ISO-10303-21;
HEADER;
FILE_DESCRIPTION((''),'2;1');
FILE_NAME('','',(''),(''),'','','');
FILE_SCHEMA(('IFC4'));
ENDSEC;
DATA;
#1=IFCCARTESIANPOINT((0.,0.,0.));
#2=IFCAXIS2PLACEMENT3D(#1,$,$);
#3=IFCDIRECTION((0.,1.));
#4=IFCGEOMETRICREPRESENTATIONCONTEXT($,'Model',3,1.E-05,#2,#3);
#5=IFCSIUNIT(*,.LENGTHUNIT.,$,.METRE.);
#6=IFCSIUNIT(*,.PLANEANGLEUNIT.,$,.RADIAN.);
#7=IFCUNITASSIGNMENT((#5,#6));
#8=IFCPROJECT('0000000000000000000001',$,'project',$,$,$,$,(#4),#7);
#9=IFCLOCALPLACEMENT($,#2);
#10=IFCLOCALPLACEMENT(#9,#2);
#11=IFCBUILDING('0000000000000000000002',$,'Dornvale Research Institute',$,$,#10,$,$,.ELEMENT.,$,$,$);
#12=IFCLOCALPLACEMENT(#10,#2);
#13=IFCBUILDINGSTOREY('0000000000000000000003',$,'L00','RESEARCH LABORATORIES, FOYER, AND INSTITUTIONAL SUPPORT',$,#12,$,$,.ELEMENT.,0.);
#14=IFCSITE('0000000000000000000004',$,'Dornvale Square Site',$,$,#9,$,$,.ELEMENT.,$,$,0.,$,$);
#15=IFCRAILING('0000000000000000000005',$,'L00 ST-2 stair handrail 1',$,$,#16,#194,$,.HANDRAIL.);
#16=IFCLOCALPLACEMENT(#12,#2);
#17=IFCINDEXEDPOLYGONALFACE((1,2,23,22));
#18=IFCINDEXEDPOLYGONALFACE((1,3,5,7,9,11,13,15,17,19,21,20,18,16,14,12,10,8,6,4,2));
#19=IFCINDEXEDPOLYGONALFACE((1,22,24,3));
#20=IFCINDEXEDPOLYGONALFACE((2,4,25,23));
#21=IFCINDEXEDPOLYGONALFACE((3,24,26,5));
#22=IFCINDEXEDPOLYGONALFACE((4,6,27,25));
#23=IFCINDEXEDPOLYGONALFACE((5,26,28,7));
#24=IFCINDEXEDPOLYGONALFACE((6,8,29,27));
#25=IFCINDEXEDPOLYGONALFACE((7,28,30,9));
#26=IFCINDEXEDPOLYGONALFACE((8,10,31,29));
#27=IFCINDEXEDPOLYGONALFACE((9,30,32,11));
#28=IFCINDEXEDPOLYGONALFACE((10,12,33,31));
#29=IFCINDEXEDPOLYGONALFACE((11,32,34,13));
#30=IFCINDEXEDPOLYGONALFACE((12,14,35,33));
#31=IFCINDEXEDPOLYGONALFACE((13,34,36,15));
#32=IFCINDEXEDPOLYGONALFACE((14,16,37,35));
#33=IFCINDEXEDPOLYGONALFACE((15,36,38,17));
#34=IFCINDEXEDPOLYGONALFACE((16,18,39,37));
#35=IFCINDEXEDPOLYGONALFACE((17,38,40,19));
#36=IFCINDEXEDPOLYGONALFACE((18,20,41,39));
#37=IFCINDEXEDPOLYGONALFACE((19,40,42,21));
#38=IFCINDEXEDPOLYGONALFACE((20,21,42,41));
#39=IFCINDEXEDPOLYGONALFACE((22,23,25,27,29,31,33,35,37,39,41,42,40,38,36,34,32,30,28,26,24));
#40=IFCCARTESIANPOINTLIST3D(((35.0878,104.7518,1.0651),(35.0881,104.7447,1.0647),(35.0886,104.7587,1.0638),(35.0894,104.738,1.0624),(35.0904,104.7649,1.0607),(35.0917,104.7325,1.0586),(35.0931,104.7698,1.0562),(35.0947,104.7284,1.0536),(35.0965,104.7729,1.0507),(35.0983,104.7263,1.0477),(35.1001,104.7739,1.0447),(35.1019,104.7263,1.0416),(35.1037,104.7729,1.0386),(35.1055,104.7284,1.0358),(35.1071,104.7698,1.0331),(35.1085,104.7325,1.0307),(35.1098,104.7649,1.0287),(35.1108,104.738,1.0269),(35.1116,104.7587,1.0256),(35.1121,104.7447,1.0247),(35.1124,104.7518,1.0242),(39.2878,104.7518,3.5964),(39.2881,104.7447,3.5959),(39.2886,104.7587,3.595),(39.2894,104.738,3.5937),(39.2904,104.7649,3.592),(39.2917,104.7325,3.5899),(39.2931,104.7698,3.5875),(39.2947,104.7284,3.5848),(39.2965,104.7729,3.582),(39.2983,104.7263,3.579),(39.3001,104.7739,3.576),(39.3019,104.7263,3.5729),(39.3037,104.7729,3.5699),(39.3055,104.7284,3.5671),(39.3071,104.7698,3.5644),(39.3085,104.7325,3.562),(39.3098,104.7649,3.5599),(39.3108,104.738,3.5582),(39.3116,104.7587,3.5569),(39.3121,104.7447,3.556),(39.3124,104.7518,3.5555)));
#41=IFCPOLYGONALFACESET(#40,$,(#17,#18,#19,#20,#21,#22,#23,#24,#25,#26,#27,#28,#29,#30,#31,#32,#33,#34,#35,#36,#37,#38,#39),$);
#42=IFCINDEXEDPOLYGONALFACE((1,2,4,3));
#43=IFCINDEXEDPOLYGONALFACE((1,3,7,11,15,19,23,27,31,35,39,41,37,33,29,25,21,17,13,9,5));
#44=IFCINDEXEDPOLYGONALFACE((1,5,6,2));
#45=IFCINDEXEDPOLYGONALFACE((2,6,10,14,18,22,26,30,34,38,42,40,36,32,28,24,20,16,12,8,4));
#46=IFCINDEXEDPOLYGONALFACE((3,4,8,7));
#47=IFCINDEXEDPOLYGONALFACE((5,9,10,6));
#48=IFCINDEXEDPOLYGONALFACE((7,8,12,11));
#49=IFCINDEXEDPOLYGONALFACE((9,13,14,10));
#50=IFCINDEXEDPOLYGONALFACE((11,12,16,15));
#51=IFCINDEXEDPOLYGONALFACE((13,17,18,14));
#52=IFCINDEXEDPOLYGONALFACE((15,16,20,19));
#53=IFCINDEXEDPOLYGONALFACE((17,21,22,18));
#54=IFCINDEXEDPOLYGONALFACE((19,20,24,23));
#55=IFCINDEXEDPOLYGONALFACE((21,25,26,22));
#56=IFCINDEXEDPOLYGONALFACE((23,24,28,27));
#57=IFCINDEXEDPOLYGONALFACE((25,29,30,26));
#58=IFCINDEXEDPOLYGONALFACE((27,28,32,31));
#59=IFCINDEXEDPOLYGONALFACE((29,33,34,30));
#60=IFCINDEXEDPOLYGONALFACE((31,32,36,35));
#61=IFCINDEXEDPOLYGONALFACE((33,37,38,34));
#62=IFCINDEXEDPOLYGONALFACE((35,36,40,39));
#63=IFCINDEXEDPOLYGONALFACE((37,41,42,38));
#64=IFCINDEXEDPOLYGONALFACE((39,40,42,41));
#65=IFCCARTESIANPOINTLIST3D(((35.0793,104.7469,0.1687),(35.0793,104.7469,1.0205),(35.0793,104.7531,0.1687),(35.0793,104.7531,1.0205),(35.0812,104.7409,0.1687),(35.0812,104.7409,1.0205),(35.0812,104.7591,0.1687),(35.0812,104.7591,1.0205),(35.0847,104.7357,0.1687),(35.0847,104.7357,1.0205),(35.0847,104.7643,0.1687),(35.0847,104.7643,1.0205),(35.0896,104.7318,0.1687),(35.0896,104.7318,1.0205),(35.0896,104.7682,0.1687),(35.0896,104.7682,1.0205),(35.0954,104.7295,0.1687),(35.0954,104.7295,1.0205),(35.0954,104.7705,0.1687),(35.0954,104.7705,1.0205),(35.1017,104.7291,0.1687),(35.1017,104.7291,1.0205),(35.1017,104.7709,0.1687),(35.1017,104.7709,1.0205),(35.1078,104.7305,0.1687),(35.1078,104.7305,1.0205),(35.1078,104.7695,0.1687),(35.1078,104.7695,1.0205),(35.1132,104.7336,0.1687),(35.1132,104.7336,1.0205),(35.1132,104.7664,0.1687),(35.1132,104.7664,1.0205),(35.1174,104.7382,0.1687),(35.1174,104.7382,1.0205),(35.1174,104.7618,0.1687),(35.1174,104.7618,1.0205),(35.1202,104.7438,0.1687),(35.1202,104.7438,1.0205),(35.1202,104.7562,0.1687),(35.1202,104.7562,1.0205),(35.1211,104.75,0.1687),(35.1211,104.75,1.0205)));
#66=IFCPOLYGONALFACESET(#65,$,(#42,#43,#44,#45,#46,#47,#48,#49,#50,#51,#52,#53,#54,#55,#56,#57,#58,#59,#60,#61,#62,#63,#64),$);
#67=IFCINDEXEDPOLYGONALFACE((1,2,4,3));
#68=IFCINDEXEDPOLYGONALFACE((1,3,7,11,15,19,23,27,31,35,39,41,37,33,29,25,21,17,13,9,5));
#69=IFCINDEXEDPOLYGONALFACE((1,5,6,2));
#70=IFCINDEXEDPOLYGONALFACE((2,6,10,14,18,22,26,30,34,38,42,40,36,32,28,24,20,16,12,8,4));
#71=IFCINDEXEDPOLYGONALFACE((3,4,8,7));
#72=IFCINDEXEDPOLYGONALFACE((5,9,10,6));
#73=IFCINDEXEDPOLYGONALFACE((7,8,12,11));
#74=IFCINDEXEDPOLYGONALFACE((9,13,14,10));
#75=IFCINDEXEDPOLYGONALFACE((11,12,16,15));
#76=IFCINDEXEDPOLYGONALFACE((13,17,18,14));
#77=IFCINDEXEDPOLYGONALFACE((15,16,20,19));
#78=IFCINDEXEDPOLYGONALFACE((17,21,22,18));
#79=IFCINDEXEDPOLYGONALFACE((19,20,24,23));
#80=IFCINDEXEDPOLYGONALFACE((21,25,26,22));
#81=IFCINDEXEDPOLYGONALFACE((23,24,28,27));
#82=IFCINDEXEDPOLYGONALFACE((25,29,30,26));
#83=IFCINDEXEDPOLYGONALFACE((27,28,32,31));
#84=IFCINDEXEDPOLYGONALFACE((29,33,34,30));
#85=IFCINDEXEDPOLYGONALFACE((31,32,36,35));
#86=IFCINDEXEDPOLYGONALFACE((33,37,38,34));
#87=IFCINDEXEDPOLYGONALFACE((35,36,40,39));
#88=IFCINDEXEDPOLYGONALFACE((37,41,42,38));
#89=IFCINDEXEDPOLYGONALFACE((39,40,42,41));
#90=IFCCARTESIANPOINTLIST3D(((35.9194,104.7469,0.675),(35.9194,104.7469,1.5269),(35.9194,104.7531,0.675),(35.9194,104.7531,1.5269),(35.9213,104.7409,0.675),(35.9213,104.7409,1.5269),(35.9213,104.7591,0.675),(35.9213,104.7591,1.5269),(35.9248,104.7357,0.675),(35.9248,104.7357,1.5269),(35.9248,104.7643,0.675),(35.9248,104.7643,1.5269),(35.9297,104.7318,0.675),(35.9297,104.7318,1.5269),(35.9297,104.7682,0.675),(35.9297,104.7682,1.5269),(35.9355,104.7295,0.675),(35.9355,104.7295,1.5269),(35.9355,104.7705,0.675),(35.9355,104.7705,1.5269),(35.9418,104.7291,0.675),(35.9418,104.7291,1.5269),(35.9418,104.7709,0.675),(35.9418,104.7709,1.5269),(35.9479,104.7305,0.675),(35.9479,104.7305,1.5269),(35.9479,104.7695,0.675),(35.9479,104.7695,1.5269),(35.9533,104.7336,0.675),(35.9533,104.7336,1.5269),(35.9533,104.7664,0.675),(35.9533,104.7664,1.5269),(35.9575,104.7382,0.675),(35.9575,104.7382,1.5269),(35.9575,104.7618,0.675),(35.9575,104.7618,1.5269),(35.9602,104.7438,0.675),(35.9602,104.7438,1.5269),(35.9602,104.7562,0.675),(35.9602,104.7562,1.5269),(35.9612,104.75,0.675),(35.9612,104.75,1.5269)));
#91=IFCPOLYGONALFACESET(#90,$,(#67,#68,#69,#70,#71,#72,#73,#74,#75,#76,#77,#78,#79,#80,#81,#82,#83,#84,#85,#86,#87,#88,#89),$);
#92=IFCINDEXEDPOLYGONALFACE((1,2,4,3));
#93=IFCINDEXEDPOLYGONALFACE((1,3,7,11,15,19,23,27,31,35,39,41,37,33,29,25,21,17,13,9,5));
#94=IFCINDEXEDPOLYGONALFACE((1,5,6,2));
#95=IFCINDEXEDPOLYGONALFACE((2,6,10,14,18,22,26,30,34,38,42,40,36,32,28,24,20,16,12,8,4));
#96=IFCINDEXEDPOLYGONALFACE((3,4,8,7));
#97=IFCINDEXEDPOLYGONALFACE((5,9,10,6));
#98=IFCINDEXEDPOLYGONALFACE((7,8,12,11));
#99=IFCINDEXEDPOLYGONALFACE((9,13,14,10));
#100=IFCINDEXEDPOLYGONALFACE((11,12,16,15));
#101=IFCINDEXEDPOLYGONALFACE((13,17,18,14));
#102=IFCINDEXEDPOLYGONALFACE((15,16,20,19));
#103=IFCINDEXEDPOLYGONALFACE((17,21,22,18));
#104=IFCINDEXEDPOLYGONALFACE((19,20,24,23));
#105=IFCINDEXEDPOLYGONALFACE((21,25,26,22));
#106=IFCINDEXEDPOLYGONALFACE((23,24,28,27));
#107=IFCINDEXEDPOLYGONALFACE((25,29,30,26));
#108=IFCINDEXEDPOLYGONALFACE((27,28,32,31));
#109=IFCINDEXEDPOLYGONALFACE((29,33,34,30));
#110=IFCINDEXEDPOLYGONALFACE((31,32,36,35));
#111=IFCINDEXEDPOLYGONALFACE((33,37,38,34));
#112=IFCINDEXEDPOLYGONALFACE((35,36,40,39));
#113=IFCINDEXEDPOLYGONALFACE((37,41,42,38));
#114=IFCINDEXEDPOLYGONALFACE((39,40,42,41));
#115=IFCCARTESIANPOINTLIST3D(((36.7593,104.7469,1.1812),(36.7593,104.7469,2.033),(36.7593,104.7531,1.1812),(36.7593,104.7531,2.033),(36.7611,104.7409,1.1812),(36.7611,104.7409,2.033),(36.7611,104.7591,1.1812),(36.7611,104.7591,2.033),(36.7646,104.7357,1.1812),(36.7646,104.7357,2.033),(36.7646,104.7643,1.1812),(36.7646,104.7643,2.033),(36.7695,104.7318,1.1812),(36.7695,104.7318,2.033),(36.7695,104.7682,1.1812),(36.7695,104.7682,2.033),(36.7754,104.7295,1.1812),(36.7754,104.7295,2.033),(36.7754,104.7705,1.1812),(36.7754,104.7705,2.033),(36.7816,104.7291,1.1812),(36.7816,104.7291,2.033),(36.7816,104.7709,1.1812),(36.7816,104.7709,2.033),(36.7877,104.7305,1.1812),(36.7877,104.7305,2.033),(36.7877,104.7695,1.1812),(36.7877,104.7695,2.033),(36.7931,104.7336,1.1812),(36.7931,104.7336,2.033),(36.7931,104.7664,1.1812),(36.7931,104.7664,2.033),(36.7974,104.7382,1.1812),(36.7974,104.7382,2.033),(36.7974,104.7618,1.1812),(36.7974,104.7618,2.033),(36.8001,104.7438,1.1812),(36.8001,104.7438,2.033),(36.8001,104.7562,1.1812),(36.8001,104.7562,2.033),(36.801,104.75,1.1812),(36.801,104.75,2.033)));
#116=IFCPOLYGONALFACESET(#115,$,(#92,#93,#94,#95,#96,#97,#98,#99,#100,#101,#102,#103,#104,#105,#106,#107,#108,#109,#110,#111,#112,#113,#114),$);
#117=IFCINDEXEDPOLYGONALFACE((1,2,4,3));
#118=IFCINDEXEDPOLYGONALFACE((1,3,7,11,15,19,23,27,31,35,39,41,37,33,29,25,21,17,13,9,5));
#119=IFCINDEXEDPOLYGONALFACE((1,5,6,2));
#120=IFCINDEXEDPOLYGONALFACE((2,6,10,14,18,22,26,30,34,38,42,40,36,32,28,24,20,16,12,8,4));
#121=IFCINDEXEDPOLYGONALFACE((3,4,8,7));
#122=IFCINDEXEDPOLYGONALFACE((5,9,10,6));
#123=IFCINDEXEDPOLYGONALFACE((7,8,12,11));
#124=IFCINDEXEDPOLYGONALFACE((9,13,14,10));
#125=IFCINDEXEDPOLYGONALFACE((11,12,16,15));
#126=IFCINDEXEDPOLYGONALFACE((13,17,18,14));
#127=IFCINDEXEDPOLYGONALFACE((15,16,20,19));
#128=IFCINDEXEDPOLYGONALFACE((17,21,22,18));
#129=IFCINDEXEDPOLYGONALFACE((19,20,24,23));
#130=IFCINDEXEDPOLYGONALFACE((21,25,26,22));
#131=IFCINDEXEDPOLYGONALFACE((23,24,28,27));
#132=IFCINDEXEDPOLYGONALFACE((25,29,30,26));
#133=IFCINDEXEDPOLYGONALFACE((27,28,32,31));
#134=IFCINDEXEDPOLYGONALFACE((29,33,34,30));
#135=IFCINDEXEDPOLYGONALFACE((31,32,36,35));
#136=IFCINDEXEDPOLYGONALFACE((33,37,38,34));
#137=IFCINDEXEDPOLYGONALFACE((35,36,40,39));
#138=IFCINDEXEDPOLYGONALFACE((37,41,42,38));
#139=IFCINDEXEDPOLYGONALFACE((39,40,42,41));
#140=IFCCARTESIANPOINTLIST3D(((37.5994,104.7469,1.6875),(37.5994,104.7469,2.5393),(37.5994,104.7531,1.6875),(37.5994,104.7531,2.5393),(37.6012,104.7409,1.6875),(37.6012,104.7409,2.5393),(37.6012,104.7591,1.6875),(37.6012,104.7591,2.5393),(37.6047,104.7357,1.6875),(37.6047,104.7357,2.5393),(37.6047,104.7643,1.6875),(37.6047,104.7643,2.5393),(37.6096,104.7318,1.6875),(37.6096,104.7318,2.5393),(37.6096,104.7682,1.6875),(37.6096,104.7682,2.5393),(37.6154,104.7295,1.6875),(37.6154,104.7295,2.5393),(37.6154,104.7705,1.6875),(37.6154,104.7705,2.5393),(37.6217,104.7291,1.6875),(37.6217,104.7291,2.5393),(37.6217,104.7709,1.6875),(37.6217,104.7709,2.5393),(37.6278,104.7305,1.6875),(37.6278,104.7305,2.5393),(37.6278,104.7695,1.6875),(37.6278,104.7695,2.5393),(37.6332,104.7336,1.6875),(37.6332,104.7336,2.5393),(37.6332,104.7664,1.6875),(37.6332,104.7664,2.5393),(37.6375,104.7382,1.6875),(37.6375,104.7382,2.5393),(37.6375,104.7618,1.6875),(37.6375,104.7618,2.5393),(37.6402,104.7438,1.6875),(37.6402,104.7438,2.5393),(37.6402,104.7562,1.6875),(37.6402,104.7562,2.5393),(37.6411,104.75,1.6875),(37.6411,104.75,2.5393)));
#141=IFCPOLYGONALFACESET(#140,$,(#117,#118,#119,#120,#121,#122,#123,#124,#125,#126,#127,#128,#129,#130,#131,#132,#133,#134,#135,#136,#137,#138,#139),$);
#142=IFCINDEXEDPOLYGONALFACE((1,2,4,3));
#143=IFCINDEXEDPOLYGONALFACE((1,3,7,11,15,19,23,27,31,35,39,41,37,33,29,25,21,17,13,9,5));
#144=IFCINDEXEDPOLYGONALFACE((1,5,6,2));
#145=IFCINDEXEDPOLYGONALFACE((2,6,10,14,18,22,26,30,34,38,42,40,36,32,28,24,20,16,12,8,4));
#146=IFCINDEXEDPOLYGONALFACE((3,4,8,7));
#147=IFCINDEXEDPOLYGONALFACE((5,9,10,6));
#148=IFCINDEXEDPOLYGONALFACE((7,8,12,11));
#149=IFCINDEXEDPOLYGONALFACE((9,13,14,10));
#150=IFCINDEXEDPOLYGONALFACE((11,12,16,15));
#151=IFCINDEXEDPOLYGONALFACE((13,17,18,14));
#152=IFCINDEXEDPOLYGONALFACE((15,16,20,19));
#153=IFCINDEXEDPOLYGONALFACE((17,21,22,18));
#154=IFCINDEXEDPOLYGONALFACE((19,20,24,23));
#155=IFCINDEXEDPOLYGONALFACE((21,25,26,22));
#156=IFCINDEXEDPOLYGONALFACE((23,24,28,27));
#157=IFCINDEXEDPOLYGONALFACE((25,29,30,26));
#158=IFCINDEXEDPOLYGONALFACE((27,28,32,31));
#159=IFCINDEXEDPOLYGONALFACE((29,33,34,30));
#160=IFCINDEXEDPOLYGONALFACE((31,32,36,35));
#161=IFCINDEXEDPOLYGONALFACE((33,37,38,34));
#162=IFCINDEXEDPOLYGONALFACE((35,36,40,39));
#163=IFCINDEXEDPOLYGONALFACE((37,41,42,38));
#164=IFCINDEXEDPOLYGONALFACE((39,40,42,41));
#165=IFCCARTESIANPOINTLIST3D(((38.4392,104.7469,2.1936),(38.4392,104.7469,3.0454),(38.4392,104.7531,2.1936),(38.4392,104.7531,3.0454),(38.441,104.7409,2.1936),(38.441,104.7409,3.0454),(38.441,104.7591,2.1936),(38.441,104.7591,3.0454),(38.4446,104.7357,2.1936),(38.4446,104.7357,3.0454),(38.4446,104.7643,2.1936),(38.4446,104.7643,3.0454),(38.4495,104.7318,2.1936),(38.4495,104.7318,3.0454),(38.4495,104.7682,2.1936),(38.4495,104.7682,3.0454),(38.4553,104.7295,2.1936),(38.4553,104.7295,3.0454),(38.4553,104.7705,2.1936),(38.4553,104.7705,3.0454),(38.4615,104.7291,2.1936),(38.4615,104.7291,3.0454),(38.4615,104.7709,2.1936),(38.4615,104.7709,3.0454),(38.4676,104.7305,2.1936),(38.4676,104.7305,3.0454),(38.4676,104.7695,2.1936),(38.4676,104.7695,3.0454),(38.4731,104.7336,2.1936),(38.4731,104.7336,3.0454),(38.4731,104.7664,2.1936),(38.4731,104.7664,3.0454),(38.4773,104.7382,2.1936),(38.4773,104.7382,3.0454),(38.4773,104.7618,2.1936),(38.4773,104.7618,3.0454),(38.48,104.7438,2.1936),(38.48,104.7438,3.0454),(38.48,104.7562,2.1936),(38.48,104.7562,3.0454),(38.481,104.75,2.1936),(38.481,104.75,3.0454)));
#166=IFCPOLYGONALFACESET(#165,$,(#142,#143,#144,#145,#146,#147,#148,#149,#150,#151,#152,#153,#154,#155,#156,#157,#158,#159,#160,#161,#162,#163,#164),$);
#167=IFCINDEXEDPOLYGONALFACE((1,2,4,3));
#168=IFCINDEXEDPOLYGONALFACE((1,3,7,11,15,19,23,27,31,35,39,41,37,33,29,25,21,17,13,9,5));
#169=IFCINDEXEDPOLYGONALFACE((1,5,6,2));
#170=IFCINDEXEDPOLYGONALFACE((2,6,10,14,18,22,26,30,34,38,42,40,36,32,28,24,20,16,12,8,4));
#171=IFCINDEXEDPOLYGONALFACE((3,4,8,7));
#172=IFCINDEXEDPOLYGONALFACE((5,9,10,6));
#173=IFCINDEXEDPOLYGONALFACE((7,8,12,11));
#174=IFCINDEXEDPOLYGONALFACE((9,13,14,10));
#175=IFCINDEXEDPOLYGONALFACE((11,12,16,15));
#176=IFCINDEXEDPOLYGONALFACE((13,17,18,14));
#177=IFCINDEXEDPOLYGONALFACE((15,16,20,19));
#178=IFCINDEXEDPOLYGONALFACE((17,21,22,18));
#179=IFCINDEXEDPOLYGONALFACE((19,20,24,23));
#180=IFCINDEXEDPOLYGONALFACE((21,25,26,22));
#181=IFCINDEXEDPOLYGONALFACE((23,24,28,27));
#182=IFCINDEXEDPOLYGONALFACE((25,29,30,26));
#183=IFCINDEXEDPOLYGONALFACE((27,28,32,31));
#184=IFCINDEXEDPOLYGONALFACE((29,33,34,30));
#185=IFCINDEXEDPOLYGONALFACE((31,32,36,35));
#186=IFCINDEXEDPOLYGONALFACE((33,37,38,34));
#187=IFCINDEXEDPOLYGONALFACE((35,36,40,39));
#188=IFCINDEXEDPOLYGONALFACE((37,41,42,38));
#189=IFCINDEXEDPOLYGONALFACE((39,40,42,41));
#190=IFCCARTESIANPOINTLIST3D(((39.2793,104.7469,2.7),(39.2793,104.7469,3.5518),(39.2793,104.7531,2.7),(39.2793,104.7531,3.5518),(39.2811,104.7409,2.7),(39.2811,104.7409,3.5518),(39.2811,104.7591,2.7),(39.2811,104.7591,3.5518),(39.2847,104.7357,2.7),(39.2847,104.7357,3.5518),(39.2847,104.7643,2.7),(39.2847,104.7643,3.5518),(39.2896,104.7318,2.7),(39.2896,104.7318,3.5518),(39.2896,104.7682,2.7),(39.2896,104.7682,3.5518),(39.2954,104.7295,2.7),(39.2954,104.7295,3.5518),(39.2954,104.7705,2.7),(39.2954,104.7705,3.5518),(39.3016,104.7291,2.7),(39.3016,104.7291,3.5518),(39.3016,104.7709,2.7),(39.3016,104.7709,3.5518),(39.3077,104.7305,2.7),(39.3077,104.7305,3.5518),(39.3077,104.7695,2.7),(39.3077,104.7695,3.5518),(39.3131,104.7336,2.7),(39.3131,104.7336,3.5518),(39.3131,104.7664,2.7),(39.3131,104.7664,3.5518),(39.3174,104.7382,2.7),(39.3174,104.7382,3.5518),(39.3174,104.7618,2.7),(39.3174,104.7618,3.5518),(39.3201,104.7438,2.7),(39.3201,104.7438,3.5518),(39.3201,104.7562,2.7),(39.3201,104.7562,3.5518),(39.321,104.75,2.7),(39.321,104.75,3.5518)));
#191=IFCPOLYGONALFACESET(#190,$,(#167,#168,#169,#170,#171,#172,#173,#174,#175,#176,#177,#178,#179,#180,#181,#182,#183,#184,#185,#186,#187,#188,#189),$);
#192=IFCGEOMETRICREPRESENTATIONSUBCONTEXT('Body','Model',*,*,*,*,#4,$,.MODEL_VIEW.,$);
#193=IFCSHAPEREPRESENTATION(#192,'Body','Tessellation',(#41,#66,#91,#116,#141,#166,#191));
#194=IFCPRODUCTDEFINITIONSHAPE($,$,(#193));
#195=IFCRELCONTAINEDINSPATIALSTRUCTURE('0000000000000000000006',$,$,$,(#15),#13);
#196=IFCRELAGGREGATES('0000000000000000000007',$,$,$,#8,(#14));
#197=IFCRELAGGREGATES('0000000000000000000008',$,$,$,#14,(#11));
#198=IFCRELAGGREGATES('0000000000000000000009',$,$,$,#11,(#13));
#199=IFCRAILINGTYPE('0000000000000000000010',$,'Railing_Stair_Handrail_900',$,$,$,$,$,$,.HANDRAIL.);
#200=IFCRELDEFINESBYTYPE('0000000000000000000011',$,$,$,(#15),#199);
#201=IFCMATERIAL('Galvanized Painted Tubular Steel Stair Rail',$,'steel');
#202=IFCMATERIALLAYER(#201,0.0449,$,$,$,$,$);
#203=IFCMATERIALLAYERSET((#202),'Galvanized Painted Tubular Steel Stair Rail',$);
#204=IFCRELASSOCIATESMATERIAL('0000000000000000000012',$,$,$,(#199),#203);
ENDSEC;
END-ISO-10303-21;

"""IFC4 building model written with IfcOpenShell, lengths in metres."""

from ifc_helpers import new_model, si_unit, direction, frame, origin, origin_2d, place, context, subcontext, project, spatial, circle, extrude, material, layer, layer_set, type_object, element, save


model = new_model("IFC4")

# Units and contexts
model_context = context("Model", 3, precision=1e-05, world=origin(), true_north=direction((0.0, 1.0)))
body_context = subcontext(model_context, "Body", "Model", "MODEL_VIEW")
ifc_project = project(units=[si_unit("LENGTHUNIT", "METRE"), si_unit("PLANEANGLEUNIT", "RADIAN")], contexts=[model_context])

# Site, building, storey
site_placement = place(None, origin())
site = spatial("IfcSite", under=ifc_project, at=site_placement, Name="Dornvale Square Site", CompositionType="ELEMENT", RefElevation=0.0)
building_placement = place(site_placement, origin())
building = spatial("IfcBuilding", under=site, at=building_placement, Name="Dornvale Research Institute", CompositionType="ELEMENT")
storey_placement = place(building_placement, origin())
storey = spatial("IfcBuildingStorey", under=building, at=storey_placement, Name="L00", Description="RESEARCH LABORATORIES, FOYER, AND INSTITUTIONAL SUPPORT", CompositionType="ELEMENT", Elevation=0.0)

# Railing
ifc_material_1 = material(Name="Galvanized Painted Tubular Steel Stair Rail", Category="steel")
ifc_layer_1 = layer(ifc_material_1, 0.0449)
ifc_layer_set_1 = layer_set([ifc_layer_1], Name="Galvanized Painted Tubular Steel Stair Rail")
railing_type = type_object("IfcRailingType", Name="Railing_Stair_Handrail_900", PredefinedType="HANDRAIL", material=ifc_layer_set_1)
railing_placement = place(storey_placement, frame((35.1001, 104.75, 0.1687)))
element("IfcRailing", 1, at=railing_placement, inside=storey, type_object=railing_type, Name="L00 ST-2 stair handrail 1", PredefinedType="HANDRAIL", context=body_context, shape_type="SweptSolid", body=[
    extrude(circle(Radius=0.0239, at=origin_2d()), frame((0.0, 0.0, 0.876), z_axis=(0.856476, 0.0, 0.516186), x_axis=(0.0, 1.0, 0.0)), (0.0, 0.0, 1.0), 4.9038),
    extrude(circle(Radius=0.021, at=origin_2d()), origin(), (0.0, 0.0, 1.0), 0.8518),
    extrude(circle(Radius=0.021, at=origin_2d()), frame((0.8401, 0.0, 0.5063)), (0.0, 0.0, 1.0), 0.8518),
    extrude(circle(Radius=0.021, at=origin_2d()), frame((1.6799, 0.0, 1.0125)), (0.0, 0.0, 1.0), 0.8518),
    extrude(circle(Radius=0.021, at=origin_2d()), frame((2.52, 0.0, 1.5188)), (0.0, 0.0, 1.0), 0.8518),
    extrude(circle(Radius=0.021, at=origin_2d()), frame((3.3599, 0.0, 2.0249)), (0.0, 0.0, 1.0), 0.8518),
    extrude(circle(Radius=0.021, at=origin_2d()), frame((4.2, 0.0, 2.5312)), (0.0, 0.0, 1.0), 0.8518),
])

save(model, "model.ifc")
